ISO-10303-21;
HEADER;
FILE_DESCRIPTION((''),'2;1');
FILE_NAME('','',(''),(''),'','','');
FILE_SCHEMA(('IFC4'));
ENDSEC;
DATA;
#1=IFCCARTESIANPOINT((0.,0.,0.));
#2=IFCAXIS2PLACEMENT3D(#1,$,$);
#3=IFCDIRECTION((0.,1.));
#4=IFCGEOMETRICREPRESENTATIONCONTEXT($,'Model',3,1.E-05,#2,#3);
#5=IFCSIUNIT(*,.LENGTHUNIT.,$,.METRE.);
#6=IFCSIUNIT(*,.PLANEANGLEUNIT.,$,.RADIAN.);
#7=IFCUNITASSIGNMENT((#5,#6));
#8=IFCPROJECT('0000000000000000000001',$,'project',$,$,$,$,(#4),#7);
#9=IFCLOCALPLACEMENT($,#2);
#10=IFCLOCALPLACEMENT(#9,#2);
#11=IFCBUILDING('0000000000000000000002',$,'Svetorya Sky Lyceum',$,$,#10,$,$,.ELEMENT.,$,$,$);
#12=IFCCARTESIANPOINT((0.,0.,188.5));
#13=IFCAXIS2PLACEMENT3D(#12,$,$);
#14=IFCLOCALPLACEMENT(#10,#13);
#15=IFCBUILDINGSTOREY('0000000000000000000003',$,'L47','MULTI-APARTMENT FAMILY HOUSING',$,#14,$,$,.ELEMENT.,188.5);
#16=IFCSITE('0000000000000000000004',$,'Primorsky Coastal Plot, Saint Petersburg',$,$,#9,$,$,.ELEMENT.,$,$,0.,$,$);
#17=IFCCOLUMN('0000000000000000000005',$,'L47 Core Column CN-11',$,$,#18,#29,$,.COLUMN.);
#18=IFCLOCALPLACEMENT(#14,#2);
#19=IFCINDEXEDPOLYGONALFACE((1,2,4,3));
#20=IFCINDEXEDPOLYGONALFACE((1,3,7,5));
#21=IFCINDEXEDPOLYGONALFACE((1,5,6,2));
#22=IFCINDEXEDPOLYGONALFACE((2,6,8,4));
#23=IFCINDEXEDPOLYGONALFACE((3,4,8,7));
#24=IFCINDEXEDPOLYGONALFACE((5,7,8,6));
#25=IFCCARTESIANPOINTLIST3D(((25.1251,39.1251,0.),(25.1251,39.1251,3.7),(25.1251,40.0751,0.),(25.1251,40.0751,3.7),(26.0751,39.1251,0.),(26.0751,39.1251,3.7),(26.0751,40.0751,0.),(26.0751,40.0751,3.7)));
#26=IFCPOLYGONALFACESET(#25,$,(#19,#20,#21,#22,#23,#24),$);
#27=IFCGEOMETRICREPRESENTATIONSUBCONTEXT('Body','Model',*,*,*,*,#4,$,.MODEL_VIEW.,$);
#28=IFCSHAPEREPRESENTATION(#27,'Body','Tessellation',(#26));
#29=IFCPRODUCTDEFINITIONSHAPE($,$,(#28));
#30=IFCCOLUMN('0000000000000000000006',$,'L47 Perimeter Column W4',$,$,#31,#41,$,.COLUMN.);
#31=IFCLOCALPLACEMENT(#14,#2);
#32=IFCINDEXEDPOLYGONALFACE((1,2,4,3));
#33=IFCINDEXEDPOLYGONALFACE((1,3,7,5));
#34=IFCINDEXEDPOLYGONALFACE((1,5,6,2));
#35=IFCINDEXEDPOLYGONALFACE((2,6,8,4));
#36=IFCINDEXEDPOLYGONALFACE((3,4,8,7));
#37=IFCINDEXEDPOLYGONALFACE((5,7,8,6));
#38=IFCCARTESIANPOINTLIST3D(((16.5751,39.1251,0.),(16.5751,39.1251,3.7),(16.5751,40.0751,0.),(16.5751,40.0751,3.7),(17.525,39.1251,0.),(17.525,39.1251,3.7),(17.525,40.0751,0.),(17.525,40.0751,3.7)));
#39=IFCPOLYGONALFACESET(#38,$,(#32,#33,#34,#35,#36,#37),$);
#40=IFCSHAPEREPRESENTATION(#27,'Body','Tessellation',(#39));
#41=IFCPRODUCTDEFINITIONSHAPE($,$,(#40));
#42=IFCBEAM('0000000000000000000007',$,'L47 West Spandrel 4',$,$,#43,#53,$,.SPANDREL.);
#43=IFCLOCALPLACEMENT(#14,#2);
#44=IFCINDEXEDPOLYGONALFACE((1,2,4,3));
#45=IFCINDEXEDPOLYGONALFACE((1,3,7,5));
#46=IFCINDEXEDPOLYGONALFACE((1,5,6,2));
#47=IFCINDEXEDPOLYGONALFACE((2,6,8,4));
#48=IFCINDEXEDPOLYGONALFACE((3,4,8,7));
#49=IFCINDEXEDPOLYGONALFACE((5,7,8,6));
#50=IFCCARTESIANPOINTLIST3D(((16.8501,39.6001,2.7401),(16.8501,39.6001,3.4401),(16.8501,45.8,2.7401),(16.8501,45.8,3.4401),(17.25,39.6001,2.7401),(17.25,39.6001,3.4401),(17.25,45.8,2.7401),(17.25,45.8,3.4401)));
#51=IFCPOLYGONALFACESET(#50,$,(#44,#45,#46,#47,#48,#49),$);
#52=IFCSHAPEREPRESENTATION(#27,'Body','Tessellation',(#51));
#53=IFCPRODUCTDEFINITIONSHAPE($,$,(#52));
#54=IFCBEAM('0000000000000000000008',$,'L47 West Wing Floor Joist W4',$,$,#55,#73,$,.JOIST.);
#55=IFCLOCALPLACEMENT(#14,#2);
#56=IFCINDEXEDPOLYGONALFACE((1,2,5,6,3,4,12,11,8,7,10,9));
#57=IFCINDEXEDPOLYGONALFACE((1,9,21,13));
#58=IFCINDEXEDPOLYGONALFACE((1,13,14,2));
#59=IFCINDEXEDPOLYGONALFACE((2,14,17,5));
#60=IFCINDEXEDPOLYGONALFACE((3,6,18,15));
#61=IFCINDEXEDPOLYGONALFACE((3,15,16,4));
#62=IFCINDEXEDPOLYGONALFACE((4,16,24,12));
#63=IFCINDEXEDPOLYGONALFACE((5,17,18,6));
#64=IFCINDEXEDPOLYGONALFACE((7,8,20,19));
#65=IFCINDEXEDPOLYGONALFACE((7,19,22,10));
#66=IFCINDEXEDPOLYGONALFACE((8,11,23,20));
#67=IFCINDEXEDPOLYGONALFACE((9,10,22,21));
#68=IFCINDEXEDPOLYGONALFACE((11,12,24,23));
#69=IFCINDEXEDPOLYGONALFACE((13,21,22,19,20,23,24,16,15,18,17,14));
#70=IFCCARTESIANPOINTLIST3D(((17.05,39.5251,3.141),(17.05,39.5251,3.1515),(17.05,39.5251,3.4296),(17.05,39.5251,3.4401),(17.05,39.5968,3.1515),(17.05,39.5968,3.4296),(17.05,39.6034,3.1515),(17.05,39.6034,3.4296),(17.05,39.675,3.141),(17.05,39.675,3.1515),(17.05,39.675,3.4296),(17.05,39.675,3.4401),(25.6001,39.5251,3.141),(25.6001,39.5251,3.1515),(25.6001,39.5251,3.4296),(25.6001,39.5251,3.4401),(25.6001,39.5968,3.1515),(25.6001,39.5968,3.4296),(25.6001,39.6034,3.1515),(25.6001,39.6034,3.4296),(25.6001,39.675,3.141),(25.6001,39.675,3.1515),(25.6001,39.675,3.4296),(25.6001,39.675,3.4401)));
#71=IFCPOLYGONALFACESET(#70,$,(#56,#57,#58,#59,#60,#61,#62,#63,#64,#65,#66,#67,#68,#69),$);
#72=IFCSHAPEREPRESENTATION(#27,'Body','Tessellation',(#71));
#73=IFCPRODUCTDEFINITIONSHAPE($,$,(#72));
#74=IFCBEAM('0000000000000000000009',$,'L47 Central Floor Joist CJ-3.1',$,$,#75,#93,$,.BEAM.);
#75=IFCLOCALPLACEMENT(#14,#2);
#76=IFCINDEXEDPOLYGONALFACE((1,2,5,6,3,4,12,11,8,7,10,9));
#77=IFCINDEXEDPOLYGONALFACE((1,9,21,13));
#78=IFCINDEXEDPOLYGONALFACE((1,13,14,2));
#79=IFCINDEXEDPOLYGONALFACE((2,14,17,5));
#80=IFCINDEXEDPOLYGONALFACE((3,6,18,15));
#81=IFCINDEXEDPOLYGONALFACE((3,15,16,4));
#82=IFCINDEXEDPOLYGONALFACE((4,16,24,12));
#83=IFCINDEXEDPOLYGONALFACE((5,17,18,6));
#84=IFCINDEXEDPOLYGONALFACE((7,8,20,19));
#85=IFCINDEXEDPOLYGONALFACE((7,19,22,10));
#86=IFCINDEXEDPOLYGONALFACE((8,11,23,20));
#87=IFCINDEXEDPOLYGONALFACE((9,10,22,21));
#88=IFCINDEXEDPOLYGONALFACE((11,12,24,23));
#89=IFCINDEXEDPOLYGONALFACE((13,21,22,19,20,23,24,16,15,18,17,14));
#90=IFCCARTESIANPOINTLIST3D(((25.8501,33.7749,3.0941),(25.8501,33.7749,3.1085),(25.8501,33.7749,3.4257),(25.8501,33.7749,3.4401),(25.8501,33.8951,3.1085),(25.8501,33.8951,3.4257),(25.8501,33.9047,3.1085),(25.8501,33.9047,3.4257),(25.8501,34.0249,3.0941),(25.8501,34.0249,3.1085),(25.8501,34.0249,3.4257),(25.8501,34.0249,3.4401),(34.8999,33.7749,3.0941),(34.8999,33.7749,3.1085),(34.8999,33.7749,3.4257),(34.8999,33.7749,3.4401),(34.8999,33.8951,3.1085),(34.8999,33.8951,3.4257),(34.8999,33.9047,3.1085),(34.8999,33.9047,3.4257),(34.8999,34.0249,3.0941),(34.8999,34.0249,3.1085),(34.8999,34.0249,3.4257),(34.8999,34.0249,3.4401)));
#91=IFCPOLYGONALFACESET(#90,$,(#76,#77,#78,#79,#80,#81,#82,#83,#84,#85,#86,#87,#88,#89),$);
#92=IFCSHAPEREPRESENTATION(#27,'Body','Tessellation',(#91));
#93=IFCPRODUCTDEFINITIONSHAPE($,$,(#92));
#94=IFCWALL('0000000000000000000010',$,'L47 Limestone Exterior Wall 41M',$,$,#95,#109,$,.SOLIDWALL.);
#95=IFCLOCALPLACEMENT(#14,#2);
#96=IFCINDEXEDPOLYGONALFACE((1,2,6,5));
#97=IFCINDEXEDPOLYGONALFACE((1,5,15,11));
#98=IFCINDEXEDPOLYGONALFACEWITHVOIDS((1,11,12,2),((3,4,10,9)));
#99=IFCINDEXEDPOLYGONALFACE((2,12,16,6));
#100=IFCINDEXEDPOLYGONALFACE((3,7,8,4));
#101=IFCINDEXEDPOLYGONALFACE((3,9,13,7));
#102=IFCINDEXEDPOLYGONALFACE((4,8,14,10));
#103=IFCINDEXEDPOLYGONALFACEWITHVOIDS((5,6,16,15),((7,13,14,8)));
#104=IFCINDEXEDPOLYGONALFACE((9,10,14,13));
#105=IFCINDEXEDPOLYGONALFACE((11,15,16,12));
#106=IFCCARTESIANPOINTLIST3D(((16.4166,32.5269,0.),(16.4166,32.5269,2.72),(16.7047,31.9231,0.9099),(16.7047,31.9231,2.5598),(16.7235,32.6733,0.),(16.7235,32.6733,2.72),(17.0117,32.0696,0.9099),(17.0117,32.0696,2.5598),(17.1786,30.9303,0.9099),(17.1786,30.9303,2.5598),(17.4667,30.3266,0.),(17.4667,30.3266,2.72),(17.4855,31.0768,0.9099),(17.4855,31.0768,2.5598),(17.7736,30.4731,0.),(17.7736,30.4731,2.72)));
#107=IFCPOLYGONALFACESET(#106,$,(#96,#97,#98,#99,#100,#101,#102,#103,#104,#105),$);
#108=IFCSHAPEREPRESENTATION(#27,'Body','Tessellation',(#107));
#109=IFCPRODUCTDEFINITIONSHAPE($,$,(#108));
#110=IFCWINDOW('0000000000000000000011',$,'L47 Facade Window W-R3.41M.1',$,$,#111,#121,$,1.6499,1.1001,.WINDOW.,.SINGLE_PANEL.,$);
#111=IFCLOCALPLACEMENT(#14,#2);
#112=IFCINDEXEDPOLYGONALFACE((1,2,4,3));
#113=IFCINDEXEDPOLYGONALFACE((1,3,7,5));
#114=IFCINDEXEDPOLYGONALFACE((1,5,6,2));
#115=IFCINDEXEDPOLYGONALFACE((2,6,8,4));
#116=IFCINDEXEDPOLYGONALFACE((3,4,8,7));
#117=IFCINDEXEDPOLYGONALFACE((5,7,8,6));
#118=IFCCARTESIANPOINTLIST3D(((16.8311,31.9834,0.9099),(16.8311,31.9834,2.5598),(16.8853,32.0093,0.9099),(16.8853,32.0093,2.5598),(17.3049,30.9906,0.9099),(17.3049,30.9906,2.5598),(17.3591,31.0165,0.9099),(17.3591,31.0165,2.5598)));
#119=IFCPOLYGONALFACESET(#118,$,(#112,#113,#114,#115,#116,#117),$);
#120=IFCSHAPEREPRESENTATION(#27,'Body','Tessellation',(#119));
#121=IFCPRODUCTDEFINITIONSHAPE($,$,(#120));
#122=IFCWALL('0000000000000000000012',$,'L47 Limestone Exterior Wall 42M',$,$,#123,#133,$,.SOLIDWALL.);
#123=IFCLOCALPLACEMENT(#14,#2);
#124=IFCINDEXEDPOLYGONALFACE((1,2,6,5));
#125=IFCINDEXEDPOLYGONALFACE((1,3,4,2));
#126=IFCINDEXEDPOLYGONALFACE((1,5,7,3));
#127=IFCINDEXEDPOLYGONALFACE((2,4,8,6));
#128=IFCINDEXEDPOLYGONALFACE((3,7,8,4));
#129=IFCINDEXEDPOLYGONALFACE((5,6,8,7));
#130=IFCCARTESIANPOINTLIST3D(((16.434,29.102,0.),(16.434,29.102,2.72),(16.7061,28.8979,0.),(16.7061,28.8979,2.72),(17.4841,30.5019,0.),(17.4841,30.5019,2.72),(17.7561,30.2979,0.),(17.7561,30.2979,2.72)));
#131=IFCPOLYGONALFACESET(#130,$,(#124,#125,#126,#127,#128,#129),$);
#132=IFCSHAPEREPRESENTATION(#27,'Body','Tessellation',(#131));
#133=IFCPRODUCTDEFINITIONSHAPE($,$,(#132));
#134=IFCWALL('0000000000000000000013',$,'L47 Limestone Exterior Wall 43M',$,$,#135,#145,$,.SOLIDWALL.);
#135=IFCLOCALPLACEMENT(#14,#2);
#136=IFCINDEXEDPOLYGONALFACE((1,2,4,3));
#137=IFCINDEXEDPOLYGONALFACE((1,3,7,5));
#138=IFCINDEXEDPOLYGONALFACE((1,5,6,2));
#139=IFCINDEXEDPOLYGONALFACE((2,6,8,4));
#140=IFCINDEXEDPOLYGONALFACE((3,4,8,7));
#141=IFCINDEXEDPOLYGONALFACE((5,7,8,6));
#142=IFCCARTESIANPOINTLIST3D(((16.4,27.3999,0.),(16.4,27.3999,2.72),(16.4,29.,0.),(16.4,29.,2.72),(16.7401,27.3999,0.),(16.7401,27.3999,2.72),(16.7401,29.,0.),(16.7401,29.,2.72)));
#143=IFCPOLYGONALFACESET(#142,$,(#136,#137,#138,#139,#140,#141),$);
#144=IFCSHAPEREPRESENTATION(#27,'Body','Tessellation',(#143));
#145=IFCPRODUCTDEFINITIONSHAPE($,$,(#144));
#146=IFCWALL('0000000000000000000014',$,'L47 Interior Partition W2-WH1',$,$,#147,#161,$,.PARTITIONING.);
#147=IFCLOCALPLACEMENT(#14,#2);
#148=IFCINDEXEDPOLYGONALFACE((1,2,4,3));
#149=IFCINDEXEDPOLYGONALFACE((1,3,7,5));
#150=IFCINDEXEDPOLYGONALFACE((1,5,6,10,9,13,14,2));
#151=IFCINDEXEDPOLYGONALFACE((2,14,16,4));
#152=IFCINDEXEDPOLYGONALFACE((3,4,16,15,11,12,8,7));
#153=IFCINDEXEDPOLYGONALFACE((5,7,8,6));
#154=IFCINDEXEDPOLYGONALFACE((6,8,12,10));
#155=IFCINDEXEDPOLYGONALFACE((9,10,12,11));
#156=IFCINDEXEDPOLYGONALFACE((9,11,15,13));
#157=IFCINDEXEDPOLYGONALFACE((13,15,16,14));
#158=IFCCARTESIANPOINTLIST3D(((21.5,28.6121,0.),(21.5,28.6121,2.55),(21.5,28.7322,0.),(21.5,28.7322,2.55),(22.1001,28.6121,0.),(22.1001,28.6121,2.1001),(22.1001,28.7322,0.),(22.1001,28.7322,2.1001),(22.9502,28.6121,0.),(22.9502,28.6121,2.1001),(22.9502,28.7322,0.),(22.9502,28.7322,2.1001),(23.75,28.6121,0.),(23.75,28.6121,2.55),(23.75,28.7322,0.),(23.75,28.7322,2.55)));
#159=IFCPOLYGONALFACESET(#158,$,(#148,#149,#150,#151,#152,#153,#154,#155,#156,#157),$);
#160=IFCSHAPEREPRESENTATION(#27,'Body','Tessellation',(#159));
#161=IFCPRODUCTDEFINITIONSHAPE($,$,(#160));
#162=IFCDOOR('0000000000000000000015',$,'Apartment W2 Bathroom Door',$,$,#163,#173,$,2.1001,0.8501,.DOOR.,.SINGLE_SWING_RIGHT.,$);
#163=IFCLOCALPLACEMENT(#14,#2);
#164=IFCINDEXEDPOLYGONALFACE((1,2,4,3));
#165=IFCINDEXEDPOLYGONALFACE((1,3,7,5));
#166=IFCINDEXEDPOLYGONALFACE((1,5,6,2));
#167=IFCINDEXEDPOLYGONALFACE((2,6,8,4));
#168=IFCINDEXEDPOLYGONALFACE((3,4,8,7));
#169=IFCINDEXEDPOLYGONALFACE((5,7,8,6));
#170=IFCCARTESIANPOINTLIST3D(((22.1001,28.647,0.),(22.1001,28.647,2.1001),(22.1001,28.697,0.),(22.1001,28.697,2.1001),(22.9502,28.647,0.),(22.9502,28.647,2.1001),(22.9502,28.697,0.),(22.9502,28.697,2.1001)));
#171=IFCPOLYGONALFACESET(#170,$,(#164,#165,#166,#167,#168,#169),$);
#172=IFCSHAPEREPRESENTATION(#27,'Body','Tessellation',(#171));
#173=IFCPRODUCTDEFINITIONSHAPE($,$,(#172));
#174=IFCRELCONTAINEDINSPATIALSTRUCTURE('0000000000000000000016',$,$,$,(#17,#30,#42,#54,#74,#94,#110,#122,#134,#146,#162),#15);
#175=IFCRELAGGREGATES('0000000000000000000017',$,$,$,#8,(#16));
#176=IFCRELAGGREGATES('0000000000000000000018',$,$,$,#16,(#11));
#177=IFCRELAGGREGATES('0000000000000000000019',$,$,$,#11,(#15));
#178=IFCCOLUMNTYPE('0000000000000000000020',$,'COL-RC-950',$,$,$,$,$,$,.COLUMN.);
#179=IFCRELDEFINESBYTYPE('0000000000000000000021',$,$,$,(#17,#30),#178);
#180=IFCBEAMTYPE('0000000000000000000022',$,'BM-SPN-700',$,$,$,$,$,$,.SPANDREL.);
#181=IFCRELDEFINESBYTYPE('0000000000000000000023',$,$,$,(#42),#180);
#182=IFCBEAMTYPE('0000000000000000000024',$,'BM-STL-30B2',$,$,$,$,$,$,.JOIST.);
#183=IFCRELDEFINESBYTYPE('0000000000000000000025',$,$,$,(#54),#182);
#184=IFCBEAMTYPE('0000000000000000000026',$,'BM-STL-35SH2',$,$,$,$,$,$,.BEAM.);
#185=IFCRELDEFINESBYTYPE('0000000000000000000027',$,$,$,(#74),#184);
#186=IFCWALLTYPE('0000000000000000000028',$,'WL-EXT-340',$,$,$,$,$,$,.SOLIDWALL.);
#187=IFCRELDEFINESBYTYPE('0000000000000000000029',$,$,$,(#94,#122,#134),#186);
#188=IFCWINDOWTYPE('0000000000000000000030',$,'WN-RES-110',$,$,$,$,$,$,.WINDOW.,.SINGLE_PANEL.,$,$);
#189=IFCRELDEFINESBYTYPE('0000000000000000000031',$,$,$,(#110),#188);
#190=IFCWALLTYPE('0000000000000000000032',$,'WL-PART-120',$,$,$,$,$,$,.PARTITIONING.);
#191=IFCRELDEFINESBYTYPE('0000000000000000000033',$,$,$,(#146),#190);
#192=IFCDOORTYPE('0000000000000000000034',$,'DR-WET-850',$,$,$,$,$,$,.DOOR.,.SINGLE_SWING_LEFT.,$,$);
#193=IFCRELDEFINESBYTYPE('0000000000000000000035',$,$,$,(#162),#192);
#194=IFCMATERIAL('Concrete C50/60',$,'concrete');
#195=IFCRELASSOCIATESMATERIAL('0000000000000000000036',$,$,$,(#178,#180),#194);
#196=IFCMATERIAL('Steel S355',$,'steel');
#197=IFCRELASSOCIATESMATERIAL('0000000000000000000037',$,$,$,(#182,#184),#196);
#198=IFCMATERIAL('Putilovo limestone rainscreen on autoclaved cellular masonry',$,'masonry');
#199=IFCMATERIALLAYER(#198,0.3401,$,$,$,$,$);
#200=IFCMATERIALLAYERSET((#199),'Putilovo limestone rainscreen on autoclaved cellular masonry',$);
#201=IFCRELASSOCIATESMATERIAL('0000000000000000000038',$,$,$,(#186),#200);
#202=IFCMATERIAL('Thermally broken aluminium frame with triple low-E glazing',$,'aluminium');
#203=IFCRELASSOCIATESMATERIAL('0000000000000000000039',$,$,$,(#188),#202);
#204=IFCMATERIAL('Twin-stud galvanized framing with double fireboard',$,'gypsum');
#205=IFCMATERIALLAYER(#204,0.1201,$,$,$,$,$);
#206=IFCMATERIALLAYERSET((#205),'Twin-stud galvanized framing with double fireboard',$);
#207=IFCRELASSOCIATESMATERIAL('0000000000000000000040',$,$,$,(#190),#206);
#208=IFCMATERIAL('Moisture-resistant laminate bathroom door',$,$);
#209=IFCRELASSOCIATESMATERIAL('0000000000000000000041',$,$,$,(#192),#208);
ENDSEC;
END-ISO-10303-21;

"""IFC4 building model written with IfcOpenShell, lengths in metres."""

from ifc_helpers import new_model, si_unit, direction, frame, frame_2d, origin, origin_2d, place, context, subcontext, project, spatial, rectangle, i_section, extrude, material, layer, layer_set, material_profile, profile_set, type_object, element, fill, save


model = new_model("IFC4")

# Units and contexts
model_context = context("Model", 3, precision=1e-05, world=origin(), true_north=direction((0.0, 1.0)))
body_context = subcontext(model_context, "Body", "Model", "MODEL_VIEW")
ifc_project = project(units=[si_unit("LENGTHUNIT", "METRE"), si_unit("PLANEANGLEUNIT", "RADIAN")], contexts=[model_context])

# Site, building, storey
site_placement = place(None, origin())
site = spatial("IfcSite", under=ifc_project, at=site_placement, Name="Primorsky Coastal Plot, Saint Petersburg", CompositionType="ELEMENT", RefElevation=0.0)
building_placement = place(site_placement, origin())
building = spatial("IfcBuilding", under=site, at=building_placement, Name="Svetorya Sky Lyceum", CompositionType="ELEMENT")
storey_placement = place(building_placement, frame((0.0, 0.0, 188.5)))
storey = spatial("IfcBuildingStorey", under=building, at=storey_placement, Name="L47", Description="MULTI-APARTMENT FAMILY HOUSING", CompositionType="ELEMENT", Elevation=188.5)

# Columns
ifc_material_1 = material(Name="Concrete C50/60", Category="concrete")
ifc_material_profile_1 = material_profile(ifc_material_1, rectangle(XDim=0.95, YDim=0.95, at=origin_2d()), Name="RC COL 950x950")
ifc_profile_set_1 = profile_set([ifc_material_profile_1], Name="Concrete C50/60")
column_type = type_object("IfcColumnType", Name="COL-RC-950", PredefinedType="COLUMN", material=ifc_profile_set_1)
for number, where, z_axis, x_axis, name in (
    (1, (25.6001, 39.6001, 0.0), (0.0, 0.0, 1.0), (1.0, 0.0, 0.0), "L47 Core Column CN-11"),
    (2, (17.05, 39.6001, 0.0), (0.0, 0.0, 1.0), (1.0, 0.0, 0.0), "L47 Perimeter Column W4"),
):
    element("IfcColumn", number, at=place(storey_placement, frame(where, z_axis=z_axis, x_axis=x_axis)), inside=storey, type_object=column_type, Name=name, PredefinedType="COLUMN", context=body_context, shape_type="SweptSolid", body=[
        extrude(rectangle(XDim=0.95, YDim=0.95, at=origin_2d()), origin(), (0.0, 0.0, 1.0), 3.7),
    ])

# Beams
ifc_material_profile_2 = material_profile(ifc_material_1, rectangle(XDim=0.3999, YDim=0.7, at=origin_2d()), Name="RC SPANDREL 400x700")
ifc_profile_set_2 = profile_set([ifc_material_profile_2], Name="Concrete C50/60")
beam_type_1 = type_object("IfcBeamType", Name="BM-SPN-700", PredefinedType="SPANDREL", material=ifc_profile_set_2)
beam_1_placement = place(storey_placement, frame((17.05, 39.6001, 3.0901), z_axis=(0.0, 1.0, 0.0), x_axis=(-1.0, 0.0, 0.0)))
element("IfcBeam", 3, at=beam_1_placement, inside=storey, type_object=beam_type_1, Name="L47 West Spandrel 4", PredefinedType="SPANDREL", context=body_context, shape_type="SweptSolid", body=[
    extrude(rectangle(XDim=0.3999, YDim=0.7, at=origin_2d()), origin(), (0.0, 0.0, 1.0), 6.2),
])
ifc_material_2 = material(Name="Steel S355", Category="steel")
ifc_material_profile_3 = material_profile(ifc_material_2, i_section(OverallWidth=0.1499, OverallDepth=0.2991, WebThickness=0.0066, FlangeThickness=0.0105, at=origin_2d()), Name="GOST 30B2")
ifc_profile_set_3 = profile_set([ifc_material_profile_3], Name="Steel S355")
beam_type_2 = type_object("IfcBeamType", Name="BM-STL-30B2", PredefinedType="JOIST", material=ifc_profile_set_3)
beam_2_placement = place(storey_placement, frame((17.05, 39.6001, 3.2905), z_axis=(1.0, 0.0, 0.0), x_axis=(0.0, 1.0, 0.0)))
element("IfcBeam", 4, at=beam_2_placement, inside=storey, type_object=beam_type_2, Name="L47 West Wing Floor Joist W4", PredefinedType="JOIST", context=body_context, shape_type="SweptSolid", body=[
    extrude(i_section(OverallWidth=0.1499, OverallDepth=0.2991, WebThickness=0.0066, FlangeThickness=0.0105, at=origin_2d()), origin(), (0.0, 0.0, 1.0), 8.55),
])
ifc_material_profile_4 = material_profile(ifc_material_2, i_section(OverallWidth=0.25, OverallDepth=0.3459, WebThickness=0.0095, FlangeThickness=0.0144, at=origin_2d()), Name="GOST 35Sh2")
ifc_profile_set_4 = profile_set([ifc_material_profile_4], Name="Steel S355")
beam_type_3 = type_object("IfcBeamType", Name="BM-STL-35SH2", PredefinedType="BEAM", material=ifc_profile_set_4)
beam_3_placement = place(storey_placement, frame((25.8501, 33.8999, 3.2671), z_axis=(1.0, 0.0, 0.0), x_axis=(0.0, 1.0, 0.0)))
element("IfcBeam", 5, at=beam_3_placement, inside=storey, type_object=beam_type_3, Name="L47 Central Floor Joist CJ-3.1", PredefinedType="BEAM", context=body_context, shape_type="SweptSolid", body=[
    extrude(i_section(OverallWidth=0.25, OverallDepth=0.3459, WebThickness=0.0095, FlangeThickness=0.0144, at=origin_2d()), origin(), (0.0, 0.0, 1.0), 9.0498),
])

# Wall, opening, window
ifc_material_3 = material(Name="Putilovo limestone rainscreen on autoclaved cellular masonry", Category="masonry")
ifc_layer_1 = layer(ifc_material_3, 0.3401)
ifc_layer_set_1 = layer_set([ifc_layer_1], Name="Putilovo limestone rainscreen on autoclaved cellular masonry")
wall_type_1 = type_object("IfcWallType", Name="WL-EXT-340", PredefinedType="SOLIDWALL", material=ifc_layer_set_1)
wall_1_placement = place(storey_placement, frame((16.5701, 32.6001, 0.0), z_axis=(0.0, 0.0, 1.0), x_axis=(0.430715, -0.902488, 0.0)))
wall_1 = element("IfcWall", 6, at=wall_1_placement, inside=storey, type_object=wall_type_1, Name="L47 Limestone Exterior Wall 41M", PredefinedType="SOLIDWALL", context=body_context, shape_type="SweptSolid", body=[
    extrude(rectangle(XDim=2.438, YDim=0.3401, at=frame_2d((1.219, 0.0))), origin(), (0.0, 0.0, 1.0), 2.72),
])
opening_1_placement = place(wall_1_placement, frame((0.6689, 0.0, 0.9099)))
opening_1 = element("IfcOpeningElement", 7, at=opening_1_placement, cuts=wall_1, PredefinedType="OPENING", context=body_context, shape_type="SweptSolid", body=[
    extrude(rectangle(XDim=1.1001, YDim=1.6499, at=frame_2d((0.55, 0.825))), frame((0.0, 0.1799, 0.0), z_axis=(0.0, -1.0, 0.0), x_axis=(1.0, 0.0, 0.0)), (0.0, 0.0, 1.0), 0.3601),
])
ifc_material_4 = material(Name="Thermally broken aluminium frame with triple low-E glazing", Category="aluminium")
window_type = type_object("IfcWindowType", Name="WN-RES-110", PartitioningType="SINGLE_PANEL", PredefinedType="WINDOW", material=ifc_material_4)
window_placement = place(opening_1_placement, origin())
window = element("IfcWindow", 8, at=window_placement, inside=storey, type_object=window_type, Name="L47 Facade Window W-R3.41M.1", OverallHeight=1.6499, OverallWidth=1.1001, PartitioningType="SINGLE_PANEL", PredefinedType="WINDOW", context=body_context, shape_type="SweptSolid", body=[
    extrude(rectangle(XDim=1.1001, YDim=1.6499, at=frame_2d((0.55, 0.825))), frame((0.0, 0.03, 0.0), z_axis=(0.0, -1.0, 0.0), x_axis=(1.0, 0.0, 0.0)), (0.0, 0.0, 1.0), 0.0601),
])
fill(opening_1, window)

# Walls
wall_2_placement = place(storey_placement, frame((17.6201, 30.3999, 0.0), z_axis=(0.0, 0.0, 1.0), x_axis=(-0.600045, -0.799967, 0.0)))
element("IfcWall", 9, at=wall_2_placement, inside=storey, type_object=wall_type_1, Name="L47 Limestone Exterior Wall 42M", PredefinedType="SOLIDWALL", context=body_context, shape_type="SweptSolid", body=[
    extrude(rectangle(XDim=1.75, YDim=0.3401, at=frame_2d((0.875, 0.0))), origin(), (0.0, 0.0, 1.0), 2.72),
])
wall_3_placement = place(storey_placement, frame((16.5701, 29.0, 0.0), z_axis=(0.0, 0.0, 1.0), x_axis=(0.0, -1.0, 0.0)))
element("IfcWall", 10, at=wall_3_placement, inside=storey, type_object=wall_type_1, Name="L47 Limestone Exterior Wall 43M", PredefinedType="SOLIDWALL", context=body_context, shape_type="SweptSolid", body=[
    extrude(rectangle(XDim=1.6001, YDim=0.3401, at=frame_2d((0.8, 0.0))), origin(), (0.0, 0.0, 1.0), 2.72),
])

# Wall, opening, door
ifc_material_5 = material(Name="Twin-stud galvanized framing with double fireboard", Category="gypsum")
ifc_layer_2 = layer(ifc_material_5, 0.1201)
ifc_layer_set_2 = layer_set([ifc_layer_2], Name="Twin-stud galvanized framing with double fireboard")
wall_type_2 = type_object("IfcWallType", Name="WL-PART-120", PredefinedType="PARTITIONING", material=ifc_layer_set_2)
wall_4_placement = place(storey_placement, frame((21.5, 28.6721, 0.0), z_axis=(0.0, 0.0, 1.0), x_axis=(1.0, 0.0, 0.0)))
wall_4 = element("IfcWall", 11, at=wall_4_placement, inside=storey, type_object=wall_type_2, Name="L47 Interior Partition W2-WH1", PredefinedType="PARTITIONING", context=body_context, shape_type="SweptSolid", body=[
    extrude(rectangle(XDim=2.25, YDim=0.1201, at=frame_2d((1.125, 0.0))), origin(), (0.0, 0.0, 1.0), 2.55),
])
opening_2_placement = place(wall_4_placement, frame((0.6001, 0.0, 0.0)))
opening_2 = element("IfcOpeningElement", 12, at=opening_2_placement, cuts=wall_4, PredefinedType="OPENING", context=body_context, shape_type="SweptSolid", body=[
    extrude(rectangle(XDim=0.8501, YDim=2.1001, at=frame_2d((0.425, 1.05))), frame((0.0, 0.0701, 0.0), z_axis=(0.0, -1.0, 0.0), x_axis=(1.0, 0.0, 0.0)), (0.0, 0.0, 1.0), 0.1401),
])
ifc_material_6 = material(Name="Moisture-resistant laminate bathroom door")
door_type_1 = type_object("IfcDoorType", Name="DR-WET-850", OperationType="SINGLE_SWING_LEFT", PredefinedType="DOOR", material=ifc_material_6)
door_1_placement = place(opening_2_placement, origin())
door_1 = element("IfcDoor", 13, at=door_1_placement, inside=storey, type_object=door_type_1, Name="Apartment W2 Bathroom Door", OperationType="SINGLE_SWING_RIGHT", OverallHeight=2.1001, OverallWidth=0.8501, PredefinedType="DOOR", context=body_context, shape_type="SweptSolid", body=[
    extrude(rectangle(XDim=0.8501, YDim=2.1001, at=frame_2d((0.425, 1.05))), frame((0.0, 0.0249, 0.0), z_axis=(0.0, -1.0, 0.0), x_axis=(1.0, 0.0, 0.0)), (0.0, 0.0, 1.0), 0.05),
])
fill(opening_2, door_1)

save(model, "model.ifc")
